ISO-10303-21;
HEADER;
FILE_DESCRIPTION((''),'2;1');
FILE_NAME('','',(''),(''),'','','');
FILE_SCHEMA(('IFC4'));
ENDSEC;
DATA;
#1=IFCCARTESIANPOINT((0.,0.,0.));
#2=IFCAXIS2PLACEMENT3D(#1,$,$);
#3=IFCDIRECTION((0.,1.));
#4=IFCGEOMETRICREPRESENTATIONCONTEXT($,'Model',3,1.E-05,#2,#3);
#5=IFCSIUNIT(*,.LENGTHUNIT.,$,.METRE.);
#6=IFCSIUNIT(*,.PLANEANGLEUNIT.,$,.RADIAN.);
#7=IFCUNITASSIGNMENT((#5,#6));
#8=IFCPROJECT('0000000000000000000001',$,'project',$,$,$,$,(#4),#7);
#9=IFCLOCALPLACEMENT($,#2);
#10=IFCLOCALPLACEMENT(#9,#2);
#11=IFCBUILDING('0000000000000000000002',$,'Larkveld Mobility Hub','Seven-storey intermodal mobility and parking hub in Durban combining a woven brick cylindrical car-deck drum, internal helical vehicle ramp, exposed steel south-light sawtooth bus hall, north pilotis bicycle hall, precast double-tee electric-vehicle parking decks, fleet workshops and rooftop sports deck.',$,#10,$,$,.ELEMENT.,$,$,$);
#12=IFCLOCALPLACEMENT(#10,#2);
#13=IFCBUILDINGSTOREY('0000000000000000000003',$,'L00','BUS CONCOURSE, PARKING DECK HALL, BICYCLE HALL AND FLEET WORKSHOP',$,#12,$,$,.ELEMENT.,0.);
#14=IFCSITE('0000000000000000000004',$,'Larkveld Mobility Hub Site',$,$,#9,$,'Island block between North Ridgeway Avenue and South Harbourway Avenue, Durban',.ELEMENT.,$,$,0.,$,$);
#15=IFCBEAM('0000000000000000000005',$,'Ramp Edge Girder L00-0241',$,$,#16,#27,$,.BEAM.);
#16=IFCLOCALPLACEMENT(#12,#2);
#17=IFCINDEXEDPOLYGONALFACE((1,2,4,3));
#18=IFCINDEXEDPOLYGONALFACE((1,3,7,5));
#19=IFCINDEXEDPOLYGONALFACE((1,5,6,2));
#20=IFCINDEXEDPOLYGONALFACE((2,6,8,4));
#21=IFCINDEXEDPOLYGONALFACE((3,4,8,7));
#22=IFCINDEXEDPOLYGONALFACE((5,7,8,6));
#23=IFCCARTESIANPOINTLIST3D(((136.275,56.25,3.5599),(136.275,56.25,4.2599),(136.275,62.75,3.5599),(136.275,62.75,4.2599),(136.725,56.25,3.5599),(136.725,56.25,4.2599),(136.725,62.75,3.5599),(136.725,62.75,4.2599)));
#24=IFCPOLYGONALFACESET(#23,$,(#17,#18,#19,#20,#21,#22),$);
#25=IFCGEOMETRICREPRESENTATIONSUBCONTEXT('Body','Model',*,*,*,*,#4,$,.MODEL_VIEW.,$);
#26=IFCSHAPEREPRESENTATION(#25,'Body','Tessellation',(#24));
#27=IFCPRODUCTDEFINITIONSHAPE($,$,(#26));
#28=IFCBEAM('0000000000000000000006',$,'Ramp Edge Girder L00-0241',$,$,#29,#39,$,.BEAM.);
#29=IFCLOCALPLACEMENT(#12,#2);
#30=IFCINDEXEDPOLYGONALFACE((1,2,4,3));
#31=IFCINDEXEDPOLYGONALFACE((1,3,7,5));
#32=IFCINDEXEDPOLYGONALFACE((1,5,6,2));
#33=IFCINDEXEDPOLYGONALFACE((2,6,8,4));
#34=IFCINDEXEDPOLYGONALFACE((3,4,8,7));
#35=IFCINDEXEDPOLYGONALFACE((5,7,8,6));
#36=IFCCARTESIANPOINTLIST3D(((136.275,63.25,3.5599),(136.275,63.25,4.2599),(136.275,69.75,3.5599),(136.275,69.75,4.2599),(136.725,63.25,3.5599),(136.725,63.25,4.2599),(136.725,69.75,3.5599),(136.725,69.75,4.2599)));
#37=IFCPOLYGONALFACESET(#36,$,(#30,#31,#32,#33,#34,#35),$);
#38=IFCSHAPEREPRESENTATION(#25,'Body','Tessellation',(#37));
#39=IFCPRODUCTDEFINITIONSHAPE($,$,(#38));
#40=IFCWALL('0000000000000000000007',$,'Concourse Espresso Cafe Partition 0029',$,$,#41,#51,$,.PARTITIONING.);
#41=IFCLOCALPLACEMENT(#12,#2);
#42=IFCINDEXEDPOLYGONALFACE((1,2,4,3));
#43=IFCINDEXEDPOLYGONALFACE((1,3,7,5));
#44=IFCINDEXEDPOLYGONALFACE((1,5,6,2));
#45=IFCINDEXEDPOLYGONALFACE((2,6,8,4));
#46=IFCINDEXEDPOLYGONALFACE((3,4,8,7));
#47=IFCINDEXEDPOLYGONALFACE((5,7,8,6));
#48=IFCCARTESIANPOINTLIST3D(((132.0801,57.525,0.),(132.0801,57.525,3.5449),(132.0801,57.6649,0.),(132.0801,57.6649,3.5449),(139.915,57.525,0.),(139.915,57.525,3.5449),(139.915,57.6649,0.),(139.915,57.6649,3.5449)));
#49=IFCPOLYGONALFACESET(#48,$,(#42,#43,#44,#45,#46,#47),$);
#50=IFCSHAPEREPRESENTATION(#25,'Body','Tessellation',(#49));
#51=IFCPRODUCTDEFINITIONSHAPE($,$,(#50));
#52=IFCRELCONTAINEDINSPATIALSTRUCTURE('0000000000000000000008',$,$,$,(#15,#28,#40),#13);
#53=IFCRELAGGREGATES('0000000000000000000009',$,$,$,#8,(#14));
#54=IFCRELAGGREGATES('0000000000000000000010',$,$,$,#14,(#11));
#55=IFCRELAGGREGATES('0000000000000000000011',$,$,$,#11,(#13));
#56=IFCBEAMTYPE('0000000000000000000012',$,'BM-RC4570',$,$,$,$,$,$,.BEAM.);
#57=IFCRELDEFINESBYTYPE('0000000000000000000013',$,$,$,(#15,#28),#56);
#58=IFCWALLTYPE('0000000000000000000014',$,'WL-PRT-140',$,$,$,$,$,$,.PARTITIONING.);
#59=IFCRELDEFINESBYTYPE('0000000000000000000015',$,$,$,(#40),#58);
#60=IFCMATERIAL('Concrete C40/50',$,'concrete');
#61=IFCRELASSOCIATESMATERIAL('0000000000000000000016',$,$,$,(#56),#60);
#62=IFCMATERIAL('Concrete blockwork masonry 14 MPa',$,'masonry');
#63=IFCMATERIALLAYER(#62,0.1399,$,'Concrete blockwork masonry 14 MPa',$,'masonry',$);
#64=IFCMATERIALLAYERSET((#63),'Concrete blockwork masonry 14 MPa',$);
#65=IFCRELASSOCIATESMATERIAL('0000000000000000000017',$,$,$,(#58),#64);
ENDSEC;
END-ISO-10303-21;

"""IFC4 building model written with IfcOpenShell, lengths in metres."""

from ifc_helpers import new_model, si_unit, direction, frame, frame_2d, origin, origin_2d, place, context, subcontext, project, spatial, rectangle, extrude, material, layer, layer_set, material_profile, profile_set, type_object, element, save


model = new_model("IFC4")

# Units and contexts
model_context = context("Model", 3, precision=1e-05, world=origin(), true_north=direction((0.0, 1.0)))
body_context = subcontext(model_context, "Body", "Model", "MODEL_VIEW")
ifc_project = project(units=[si_unit("LENGTHUNIT", "METRE"), si_unit("PLANEANGLEUNIT", "RADIAN")], contexts=[model_context])

# Site, building, storey
site_placement = place(None, origin())
site = spatial("IfcSite", under=ifc_project, at=site_placement, Name="Larkveld Mobility Hub Site", LongName="Island block between North Ridgeway Avenue and South Harbourway Avenue, Durban", CompositionType="ELEMENT", RefElevation=0.0)
building_placement = place(site_placement, origin())
building = spatial("IfcBuilding", under=site, at=building_placement, Name="Larkveld Mobility Hub", Description="Seven-storey intermodal mobility and parking hub in Durban combining a woven brick cylindrical car-deck drum, internal helical vehicle ramp, exposed steel south-light sawtooth bus hall, north pilotis bicycle hall, precast double-tee electric-vehicle parking decks, fleet workshops and rooftop sports deck.", CompositionType="ELEMENT")
storey_placement = place(building_placement, origin())
storey = spatial("IfcBuildingStorey", under=building, at=storey_placement, Name="L00", Description="BUS CONCOURSE, PARKING DECK HALL, BICYCLE HALL AND FLEET WORKSHOP", CompositionType="ELEMENT", Elevation=0.0)

# Shared definitions
ifc_material_1 = material(Name="Concrete C40/50", Category="concrete")

# Beams
ifc_material_profile_1 = material_profile(ifc_material_1, rectangle(XDim=0.45, YDim=0.7, at=origin_2d()), Name="RC BM 450x700")
ifc_profile_set_1 = profile_set([ifc_material_profile_1], Name="Concrete C40/50")
beam_type_1 = type_object("IfcBeamType", Name="BM-RC4570", PredefinedType="BEAM", material=ifc_profile_set_1)
for number, where, z_axis, x_axis, name in (
    (1, (136.5, 56.25, 3.9099), (0.0, 1.0, 0.0), (-1.0, 0.0, 0.0), "Ramp Edge Girder L00-0241"),
    (2, (136.5, 63.25, 3.9099), (0.0, 1.0, 0.0), (-1.0, 0.0, 0.0), "Ramp Edge Girder L00-0241"),
):
    element("IfcBeam", number, at=place(storey_placement, frame(where, z_axis=z_axis, x_axis=x_axis)), inside=storey, type_object=beam_type_1, Name=name, PredefinedType="BEAM", context=body_context, shape_type="SweptSolid", body=[
        extrude(rectangle(XDim=0.45, YDim=0.7, at=origin_2d()), origin(), (0.0, 0.0, 1.0), 6.5),
    ])

# Wall
ifc_material_2 = material(Name="Concrete blockwork masonry 14 MPa", Category="masonry")
ifc_layer = layer(ifc_material_2, 0.1399, Name="Concrete blockwork masonry 14 MPa", Category="masonry")
ifc_layer_set = layer_set([ifc_layer], Name="Concrete blockwork masonry 14 MPa")
wall_type = type_object("IfcWallType", Name="WL-PRT-140", PredefinedType="PARTITIONING", material=ifc_layer_set)
wall_placement = place(storey_placement, frame((132.0801, 57.595, 0.0), z_axis=(0.0, 0.0, 1.0), x_axis=(1.0, 0.0, 0.0)))
element("IfcWall", 3, at=wall_placement, inside=storey, type_object=wall_type, Name="Concourse Espresso Cafe Partition 0029", PredefinedType="PARTITIONING", context=body_context, shape_type="SweptSolid", body=[
    extrude(rectangle(XDim=7.835, YDim=0.1399, at=frame_2d((3.9175, 0.0))), origin(), (0.0, 0.0, 1.0), 3.5449),
])

save(model, "model.ifc")
